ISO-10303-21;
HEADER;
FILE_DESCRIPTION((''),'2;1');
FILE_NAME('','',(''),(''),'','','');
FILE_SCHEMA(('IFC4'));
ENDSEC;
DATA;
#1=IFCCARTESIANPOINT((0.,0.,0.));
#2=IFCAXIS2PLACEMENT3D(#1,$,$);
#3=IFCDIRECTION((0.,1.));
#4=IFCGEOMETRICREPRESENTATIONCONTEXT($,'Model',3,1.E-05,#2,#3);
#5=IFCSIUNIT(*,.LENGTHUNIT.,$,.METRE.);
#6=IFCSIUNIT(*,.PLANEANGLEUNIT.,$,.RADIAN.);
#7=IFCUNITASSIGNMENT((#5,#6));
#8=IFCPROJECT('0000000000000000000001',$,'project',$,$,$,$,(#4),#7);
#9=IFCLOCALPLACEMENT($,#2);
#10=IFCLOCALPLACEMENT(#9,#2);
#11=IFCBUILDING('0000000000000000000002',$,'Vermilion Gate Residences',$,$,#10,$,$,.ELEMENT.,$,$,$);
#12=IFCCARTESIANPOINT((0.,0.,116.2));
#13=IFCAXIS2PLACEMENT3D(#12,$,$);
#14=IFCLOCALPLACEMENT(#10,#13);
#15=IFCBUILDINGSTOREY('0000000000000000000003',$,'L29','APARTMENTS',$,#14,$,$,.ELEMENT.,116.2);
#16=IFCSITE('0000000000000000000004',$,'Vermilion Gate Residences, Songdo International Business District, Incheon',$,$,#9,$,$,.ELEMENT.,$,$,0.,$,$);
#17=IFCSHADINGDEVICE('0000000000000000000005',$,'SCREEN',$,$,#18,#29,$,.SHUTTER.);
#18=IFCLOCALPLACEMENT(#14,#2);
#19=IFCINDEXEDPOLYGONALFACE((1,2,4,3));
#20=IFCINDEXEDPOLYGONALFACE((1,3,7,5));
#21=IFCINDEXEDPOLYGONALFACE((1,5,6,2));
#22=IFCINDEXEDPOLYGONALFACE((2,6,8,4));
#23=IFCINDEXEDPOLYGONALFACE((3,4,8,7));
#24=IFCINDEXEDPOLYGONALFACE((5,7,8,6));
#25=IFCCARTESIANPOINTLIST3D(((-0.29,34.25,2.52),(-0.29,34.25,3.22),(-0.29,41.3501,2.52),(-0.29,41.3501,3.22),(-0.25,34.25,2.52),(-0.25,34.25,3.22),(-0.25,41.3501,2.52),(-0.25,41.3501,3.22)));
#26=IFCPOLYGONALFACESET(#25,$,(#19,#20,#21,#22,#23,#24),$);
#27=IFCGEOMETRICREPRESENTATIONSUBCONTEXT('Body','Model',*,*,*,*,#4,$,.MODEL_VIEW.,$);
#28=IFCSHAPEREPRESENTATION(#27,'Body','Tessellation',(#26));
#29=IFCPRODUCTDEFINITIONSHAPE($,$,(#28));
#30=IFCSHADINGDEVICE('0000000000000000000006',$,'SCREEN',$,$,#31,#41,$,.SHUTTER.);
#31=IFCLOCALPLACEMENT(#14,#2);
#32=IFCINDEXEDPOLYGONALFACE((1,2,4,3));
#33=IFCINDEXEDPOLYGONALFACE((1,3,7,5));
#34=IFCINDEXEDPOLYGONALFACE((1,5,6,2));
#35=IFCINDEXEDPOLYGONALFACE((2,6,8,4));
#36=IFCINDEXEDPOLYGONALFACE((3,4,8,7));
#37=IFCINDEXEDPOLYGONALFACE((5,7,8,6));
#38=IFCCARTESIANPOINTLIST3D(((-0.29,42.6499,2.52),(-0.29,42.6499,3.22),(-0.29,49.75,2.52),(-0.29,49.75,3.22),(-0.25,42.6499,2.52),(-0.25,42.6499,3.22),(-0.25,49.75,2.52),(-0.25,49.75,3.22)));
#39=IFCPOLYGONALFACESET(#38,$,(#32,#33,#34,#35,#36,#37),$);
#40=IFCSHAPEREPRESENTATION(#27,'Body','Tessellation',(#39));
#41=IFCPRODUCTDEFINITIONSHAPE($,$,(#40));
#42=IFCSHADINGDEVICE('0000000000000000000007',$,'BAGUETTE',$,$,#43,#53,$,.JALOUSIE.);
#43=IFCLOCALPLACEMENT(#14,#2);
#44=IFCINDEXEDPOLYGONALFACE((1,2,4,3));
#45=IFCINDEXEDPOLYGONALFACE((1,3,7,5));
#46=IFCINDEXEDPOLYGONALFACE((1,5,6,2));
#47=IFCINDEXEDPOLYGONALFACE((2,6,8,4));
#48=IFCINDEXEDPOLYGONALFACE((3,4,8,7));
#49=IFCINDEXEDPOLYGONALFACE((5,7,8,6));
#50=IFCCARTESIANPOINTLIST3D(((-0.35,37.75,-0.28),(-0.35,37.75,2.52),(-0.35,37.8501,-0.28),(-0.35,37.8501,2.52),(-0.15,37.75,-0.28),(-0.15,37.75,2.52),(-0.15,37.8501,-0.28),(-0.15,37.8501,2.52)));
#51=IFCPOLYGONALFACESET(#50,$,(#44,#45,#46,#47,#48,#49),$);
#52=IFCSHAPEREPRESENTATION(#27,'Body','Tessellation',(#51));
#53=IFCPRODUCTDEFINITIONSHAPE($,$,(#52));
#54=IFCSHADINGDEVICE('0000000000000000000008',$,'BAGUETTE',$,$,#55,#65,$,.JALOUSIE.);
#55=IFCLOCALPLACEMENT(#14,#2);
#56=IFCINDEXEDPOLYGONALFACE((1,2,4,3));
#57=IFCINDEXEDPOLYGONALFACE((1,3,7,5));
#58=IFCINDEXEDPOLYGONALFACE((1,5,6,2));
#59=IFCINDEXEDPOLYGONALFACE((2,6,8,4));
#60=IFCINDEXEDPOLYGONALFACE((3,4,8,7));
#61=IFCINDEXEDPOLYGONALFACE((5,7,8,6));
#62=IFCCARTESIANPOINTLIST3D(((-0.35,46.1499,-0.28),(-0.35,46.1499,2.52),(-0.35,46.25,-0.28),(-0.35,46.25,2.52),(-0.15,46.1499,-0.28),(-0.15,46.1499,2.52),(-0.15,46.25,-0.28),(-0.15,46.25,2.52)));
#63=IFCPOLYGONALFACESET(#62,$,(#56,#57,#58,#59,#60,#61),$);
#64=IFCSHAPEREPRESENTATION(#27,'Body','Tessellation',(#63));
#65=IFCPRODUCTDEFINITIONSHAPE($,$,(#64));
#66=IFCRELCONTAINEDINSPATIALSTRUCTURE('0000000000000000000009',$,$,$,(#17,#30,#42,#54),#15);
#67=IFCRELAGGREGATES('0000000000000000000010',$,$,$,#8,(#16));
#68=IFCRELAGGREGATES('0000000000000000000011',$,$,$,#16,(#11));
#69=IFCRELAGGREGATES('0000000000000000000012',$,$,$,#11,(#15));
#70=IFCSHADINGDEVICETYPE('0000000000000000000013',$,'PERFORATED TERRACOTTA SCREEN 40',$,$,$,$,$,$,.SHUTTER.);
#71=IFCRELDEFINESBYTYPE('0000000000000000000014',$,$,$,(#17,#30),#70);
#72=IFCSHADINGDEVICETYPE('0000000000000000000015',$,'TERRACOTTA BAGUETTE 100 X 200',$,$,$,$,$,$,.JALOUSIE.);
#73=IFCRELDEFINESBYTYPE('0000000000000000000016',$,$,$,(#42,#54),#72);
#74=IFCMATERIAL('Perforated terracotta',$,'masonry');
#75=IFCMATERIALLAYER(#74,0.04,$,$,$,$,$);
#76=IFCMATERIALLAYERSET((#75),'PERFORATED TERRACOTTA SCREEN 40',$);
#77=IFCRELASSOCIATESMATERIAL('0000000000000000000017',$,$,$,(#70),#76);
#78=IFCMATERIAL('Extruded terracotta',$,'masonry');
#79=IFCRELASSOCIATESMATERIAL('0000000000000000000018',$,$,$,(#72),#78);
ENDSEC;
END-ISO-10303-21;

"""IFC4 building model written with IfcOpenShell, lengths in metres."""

from ifc_helpers import new_model, si_unit, direction, frame, origin, origin_2d, place, context, subcontext, project, spatial, rectangle, extrude, material, layer, layer_set, material_profile, profile_set, type_object, element, save


model = new_model("IFC4")

# Units and contexts
model_context = context("Model", 3, precision=1e-05, world=origin(), true_north=direction((0.0, 1.0)))
body_context = subcontext(model_context, "Body", "Model", "MODEL_VIEW")
ifc_project = project(units=[si_unit("LENGTHUNIT", "METRE"), si_unit("PLANEANGLEUNIT", "RADIAN")], contexts=[model_context])

# Site, building, storey
site_placement = place(None, origin())
site = spatial("IfcSite", under=ifc_project, at=site_placement, Name="Vermilion Gate Residences, Songdo International Business District, Incheon", CompositionType="ELEMENT", RefElevation=0.0)
building_placement = place(site_placement, origin())
building = spatial("IfcBuilding", under=site, at=building_placement, Name="Vermilion Gate Residences", CompositionType="ELEMENT")
storey_placement = place(building_placement, frame((0.0, 0.0, 116.2)))
storey = spatial("IfcBuildingStorey", under=building, at=storey_placement, Name="L29", Description="APARTMENTS", CompositionType="ELEMENT", Elevation=116.2)

# Shading devices
ifc_material_1 = material(Name="Perforated terracotta", Category="masonry")
ifc_layer_1 = layer(ifc_material_1, 0.04)
ifc_layer_set_1 = layer_set([ifc_layer_1], Name="PERFORATED TERRACOTTA SCREEN 40")
shading_device_type_1 = type_object("IfcShadingDeviceType", Name="PERFORATED TERRACOTTA SCREEN 40", PredefinedType="SHUTTER", material=ifc_layer_set_1)
for number, where, z_axis, x_axis, name in (
    (1, (-0.27, 37.8, 2.52), (0.0, 0.0, 1.0), (0.0, -1.0, 0.0), "SCREEN"),
    (2, (-0.27, 46.2, 2.52), (0.0, 0.0, 1.0), (0.0, -1.0, 0.0), "SCREEN"),
):
    element("IfcShadingDevice", number, at=place(storey_placement, frame(where, z_axis=z_axis, x_axis=x_axis)), inside=storey, type_object=shading_device_type_1, Name=name, PredefinedType="SHUTTER", context=body_context, shape_type="SweptSolid", body=[
        extrude(rectangle(XDim=7.1001, YDim=0.04, at=origin_2d()), origin(), (0.0, 0.0, 1.0), 0.7),
    ])
ifc_material_2 = material(Name="Extruded terracotta", Category="masonry")
ifc_material_profile_1 = material_profile(ifc_material_2, rectangle(XDim=0.2, YDim=0.1001, at=origin_2d()), Name="BAGUETTE 100 X 200")
ifc_profile_set_1 = profile_set([ifc_material_profile_1], Name="Extruded terracotta")
shading_device_type_2 = type_object("IfcShadingDeviceType", Name="TERRACOTTA BAGUETTE 100 X 200", PredefinedType="JALOUSIE", material=ifc_profile_set_1)
for number, where, z_axis, x_axis, name in (
    (3, (-0.25, 37.8, -0.28), (0.0, 0.0, 1.0), (1.0, 0.0, 0.0), "BAGUETTE"),
    (4, (-0.25, 46.2, -0.28), (0.0, 0.0, 1.0), (1.0, 0.0, 0.0), "BAGUETTE"),
):
    element("IfcShadingDevice", number, at=place(storey_placement, frame(where, z_axis=z_axis, x_axis=x_axis)), inside=storey, type_object=shading_device_type_2, Name=name, PredefinedType="JALOUSIE", context=body_context, shape_type="SweptSolid", body=[
        extrude(rectangle(XDim=0.2, YDim=0.1001, at=origin_2d()), origin(), (0.0, 0.0, 1.0), 2.8),
    ])

save(model, "model.ifc")
